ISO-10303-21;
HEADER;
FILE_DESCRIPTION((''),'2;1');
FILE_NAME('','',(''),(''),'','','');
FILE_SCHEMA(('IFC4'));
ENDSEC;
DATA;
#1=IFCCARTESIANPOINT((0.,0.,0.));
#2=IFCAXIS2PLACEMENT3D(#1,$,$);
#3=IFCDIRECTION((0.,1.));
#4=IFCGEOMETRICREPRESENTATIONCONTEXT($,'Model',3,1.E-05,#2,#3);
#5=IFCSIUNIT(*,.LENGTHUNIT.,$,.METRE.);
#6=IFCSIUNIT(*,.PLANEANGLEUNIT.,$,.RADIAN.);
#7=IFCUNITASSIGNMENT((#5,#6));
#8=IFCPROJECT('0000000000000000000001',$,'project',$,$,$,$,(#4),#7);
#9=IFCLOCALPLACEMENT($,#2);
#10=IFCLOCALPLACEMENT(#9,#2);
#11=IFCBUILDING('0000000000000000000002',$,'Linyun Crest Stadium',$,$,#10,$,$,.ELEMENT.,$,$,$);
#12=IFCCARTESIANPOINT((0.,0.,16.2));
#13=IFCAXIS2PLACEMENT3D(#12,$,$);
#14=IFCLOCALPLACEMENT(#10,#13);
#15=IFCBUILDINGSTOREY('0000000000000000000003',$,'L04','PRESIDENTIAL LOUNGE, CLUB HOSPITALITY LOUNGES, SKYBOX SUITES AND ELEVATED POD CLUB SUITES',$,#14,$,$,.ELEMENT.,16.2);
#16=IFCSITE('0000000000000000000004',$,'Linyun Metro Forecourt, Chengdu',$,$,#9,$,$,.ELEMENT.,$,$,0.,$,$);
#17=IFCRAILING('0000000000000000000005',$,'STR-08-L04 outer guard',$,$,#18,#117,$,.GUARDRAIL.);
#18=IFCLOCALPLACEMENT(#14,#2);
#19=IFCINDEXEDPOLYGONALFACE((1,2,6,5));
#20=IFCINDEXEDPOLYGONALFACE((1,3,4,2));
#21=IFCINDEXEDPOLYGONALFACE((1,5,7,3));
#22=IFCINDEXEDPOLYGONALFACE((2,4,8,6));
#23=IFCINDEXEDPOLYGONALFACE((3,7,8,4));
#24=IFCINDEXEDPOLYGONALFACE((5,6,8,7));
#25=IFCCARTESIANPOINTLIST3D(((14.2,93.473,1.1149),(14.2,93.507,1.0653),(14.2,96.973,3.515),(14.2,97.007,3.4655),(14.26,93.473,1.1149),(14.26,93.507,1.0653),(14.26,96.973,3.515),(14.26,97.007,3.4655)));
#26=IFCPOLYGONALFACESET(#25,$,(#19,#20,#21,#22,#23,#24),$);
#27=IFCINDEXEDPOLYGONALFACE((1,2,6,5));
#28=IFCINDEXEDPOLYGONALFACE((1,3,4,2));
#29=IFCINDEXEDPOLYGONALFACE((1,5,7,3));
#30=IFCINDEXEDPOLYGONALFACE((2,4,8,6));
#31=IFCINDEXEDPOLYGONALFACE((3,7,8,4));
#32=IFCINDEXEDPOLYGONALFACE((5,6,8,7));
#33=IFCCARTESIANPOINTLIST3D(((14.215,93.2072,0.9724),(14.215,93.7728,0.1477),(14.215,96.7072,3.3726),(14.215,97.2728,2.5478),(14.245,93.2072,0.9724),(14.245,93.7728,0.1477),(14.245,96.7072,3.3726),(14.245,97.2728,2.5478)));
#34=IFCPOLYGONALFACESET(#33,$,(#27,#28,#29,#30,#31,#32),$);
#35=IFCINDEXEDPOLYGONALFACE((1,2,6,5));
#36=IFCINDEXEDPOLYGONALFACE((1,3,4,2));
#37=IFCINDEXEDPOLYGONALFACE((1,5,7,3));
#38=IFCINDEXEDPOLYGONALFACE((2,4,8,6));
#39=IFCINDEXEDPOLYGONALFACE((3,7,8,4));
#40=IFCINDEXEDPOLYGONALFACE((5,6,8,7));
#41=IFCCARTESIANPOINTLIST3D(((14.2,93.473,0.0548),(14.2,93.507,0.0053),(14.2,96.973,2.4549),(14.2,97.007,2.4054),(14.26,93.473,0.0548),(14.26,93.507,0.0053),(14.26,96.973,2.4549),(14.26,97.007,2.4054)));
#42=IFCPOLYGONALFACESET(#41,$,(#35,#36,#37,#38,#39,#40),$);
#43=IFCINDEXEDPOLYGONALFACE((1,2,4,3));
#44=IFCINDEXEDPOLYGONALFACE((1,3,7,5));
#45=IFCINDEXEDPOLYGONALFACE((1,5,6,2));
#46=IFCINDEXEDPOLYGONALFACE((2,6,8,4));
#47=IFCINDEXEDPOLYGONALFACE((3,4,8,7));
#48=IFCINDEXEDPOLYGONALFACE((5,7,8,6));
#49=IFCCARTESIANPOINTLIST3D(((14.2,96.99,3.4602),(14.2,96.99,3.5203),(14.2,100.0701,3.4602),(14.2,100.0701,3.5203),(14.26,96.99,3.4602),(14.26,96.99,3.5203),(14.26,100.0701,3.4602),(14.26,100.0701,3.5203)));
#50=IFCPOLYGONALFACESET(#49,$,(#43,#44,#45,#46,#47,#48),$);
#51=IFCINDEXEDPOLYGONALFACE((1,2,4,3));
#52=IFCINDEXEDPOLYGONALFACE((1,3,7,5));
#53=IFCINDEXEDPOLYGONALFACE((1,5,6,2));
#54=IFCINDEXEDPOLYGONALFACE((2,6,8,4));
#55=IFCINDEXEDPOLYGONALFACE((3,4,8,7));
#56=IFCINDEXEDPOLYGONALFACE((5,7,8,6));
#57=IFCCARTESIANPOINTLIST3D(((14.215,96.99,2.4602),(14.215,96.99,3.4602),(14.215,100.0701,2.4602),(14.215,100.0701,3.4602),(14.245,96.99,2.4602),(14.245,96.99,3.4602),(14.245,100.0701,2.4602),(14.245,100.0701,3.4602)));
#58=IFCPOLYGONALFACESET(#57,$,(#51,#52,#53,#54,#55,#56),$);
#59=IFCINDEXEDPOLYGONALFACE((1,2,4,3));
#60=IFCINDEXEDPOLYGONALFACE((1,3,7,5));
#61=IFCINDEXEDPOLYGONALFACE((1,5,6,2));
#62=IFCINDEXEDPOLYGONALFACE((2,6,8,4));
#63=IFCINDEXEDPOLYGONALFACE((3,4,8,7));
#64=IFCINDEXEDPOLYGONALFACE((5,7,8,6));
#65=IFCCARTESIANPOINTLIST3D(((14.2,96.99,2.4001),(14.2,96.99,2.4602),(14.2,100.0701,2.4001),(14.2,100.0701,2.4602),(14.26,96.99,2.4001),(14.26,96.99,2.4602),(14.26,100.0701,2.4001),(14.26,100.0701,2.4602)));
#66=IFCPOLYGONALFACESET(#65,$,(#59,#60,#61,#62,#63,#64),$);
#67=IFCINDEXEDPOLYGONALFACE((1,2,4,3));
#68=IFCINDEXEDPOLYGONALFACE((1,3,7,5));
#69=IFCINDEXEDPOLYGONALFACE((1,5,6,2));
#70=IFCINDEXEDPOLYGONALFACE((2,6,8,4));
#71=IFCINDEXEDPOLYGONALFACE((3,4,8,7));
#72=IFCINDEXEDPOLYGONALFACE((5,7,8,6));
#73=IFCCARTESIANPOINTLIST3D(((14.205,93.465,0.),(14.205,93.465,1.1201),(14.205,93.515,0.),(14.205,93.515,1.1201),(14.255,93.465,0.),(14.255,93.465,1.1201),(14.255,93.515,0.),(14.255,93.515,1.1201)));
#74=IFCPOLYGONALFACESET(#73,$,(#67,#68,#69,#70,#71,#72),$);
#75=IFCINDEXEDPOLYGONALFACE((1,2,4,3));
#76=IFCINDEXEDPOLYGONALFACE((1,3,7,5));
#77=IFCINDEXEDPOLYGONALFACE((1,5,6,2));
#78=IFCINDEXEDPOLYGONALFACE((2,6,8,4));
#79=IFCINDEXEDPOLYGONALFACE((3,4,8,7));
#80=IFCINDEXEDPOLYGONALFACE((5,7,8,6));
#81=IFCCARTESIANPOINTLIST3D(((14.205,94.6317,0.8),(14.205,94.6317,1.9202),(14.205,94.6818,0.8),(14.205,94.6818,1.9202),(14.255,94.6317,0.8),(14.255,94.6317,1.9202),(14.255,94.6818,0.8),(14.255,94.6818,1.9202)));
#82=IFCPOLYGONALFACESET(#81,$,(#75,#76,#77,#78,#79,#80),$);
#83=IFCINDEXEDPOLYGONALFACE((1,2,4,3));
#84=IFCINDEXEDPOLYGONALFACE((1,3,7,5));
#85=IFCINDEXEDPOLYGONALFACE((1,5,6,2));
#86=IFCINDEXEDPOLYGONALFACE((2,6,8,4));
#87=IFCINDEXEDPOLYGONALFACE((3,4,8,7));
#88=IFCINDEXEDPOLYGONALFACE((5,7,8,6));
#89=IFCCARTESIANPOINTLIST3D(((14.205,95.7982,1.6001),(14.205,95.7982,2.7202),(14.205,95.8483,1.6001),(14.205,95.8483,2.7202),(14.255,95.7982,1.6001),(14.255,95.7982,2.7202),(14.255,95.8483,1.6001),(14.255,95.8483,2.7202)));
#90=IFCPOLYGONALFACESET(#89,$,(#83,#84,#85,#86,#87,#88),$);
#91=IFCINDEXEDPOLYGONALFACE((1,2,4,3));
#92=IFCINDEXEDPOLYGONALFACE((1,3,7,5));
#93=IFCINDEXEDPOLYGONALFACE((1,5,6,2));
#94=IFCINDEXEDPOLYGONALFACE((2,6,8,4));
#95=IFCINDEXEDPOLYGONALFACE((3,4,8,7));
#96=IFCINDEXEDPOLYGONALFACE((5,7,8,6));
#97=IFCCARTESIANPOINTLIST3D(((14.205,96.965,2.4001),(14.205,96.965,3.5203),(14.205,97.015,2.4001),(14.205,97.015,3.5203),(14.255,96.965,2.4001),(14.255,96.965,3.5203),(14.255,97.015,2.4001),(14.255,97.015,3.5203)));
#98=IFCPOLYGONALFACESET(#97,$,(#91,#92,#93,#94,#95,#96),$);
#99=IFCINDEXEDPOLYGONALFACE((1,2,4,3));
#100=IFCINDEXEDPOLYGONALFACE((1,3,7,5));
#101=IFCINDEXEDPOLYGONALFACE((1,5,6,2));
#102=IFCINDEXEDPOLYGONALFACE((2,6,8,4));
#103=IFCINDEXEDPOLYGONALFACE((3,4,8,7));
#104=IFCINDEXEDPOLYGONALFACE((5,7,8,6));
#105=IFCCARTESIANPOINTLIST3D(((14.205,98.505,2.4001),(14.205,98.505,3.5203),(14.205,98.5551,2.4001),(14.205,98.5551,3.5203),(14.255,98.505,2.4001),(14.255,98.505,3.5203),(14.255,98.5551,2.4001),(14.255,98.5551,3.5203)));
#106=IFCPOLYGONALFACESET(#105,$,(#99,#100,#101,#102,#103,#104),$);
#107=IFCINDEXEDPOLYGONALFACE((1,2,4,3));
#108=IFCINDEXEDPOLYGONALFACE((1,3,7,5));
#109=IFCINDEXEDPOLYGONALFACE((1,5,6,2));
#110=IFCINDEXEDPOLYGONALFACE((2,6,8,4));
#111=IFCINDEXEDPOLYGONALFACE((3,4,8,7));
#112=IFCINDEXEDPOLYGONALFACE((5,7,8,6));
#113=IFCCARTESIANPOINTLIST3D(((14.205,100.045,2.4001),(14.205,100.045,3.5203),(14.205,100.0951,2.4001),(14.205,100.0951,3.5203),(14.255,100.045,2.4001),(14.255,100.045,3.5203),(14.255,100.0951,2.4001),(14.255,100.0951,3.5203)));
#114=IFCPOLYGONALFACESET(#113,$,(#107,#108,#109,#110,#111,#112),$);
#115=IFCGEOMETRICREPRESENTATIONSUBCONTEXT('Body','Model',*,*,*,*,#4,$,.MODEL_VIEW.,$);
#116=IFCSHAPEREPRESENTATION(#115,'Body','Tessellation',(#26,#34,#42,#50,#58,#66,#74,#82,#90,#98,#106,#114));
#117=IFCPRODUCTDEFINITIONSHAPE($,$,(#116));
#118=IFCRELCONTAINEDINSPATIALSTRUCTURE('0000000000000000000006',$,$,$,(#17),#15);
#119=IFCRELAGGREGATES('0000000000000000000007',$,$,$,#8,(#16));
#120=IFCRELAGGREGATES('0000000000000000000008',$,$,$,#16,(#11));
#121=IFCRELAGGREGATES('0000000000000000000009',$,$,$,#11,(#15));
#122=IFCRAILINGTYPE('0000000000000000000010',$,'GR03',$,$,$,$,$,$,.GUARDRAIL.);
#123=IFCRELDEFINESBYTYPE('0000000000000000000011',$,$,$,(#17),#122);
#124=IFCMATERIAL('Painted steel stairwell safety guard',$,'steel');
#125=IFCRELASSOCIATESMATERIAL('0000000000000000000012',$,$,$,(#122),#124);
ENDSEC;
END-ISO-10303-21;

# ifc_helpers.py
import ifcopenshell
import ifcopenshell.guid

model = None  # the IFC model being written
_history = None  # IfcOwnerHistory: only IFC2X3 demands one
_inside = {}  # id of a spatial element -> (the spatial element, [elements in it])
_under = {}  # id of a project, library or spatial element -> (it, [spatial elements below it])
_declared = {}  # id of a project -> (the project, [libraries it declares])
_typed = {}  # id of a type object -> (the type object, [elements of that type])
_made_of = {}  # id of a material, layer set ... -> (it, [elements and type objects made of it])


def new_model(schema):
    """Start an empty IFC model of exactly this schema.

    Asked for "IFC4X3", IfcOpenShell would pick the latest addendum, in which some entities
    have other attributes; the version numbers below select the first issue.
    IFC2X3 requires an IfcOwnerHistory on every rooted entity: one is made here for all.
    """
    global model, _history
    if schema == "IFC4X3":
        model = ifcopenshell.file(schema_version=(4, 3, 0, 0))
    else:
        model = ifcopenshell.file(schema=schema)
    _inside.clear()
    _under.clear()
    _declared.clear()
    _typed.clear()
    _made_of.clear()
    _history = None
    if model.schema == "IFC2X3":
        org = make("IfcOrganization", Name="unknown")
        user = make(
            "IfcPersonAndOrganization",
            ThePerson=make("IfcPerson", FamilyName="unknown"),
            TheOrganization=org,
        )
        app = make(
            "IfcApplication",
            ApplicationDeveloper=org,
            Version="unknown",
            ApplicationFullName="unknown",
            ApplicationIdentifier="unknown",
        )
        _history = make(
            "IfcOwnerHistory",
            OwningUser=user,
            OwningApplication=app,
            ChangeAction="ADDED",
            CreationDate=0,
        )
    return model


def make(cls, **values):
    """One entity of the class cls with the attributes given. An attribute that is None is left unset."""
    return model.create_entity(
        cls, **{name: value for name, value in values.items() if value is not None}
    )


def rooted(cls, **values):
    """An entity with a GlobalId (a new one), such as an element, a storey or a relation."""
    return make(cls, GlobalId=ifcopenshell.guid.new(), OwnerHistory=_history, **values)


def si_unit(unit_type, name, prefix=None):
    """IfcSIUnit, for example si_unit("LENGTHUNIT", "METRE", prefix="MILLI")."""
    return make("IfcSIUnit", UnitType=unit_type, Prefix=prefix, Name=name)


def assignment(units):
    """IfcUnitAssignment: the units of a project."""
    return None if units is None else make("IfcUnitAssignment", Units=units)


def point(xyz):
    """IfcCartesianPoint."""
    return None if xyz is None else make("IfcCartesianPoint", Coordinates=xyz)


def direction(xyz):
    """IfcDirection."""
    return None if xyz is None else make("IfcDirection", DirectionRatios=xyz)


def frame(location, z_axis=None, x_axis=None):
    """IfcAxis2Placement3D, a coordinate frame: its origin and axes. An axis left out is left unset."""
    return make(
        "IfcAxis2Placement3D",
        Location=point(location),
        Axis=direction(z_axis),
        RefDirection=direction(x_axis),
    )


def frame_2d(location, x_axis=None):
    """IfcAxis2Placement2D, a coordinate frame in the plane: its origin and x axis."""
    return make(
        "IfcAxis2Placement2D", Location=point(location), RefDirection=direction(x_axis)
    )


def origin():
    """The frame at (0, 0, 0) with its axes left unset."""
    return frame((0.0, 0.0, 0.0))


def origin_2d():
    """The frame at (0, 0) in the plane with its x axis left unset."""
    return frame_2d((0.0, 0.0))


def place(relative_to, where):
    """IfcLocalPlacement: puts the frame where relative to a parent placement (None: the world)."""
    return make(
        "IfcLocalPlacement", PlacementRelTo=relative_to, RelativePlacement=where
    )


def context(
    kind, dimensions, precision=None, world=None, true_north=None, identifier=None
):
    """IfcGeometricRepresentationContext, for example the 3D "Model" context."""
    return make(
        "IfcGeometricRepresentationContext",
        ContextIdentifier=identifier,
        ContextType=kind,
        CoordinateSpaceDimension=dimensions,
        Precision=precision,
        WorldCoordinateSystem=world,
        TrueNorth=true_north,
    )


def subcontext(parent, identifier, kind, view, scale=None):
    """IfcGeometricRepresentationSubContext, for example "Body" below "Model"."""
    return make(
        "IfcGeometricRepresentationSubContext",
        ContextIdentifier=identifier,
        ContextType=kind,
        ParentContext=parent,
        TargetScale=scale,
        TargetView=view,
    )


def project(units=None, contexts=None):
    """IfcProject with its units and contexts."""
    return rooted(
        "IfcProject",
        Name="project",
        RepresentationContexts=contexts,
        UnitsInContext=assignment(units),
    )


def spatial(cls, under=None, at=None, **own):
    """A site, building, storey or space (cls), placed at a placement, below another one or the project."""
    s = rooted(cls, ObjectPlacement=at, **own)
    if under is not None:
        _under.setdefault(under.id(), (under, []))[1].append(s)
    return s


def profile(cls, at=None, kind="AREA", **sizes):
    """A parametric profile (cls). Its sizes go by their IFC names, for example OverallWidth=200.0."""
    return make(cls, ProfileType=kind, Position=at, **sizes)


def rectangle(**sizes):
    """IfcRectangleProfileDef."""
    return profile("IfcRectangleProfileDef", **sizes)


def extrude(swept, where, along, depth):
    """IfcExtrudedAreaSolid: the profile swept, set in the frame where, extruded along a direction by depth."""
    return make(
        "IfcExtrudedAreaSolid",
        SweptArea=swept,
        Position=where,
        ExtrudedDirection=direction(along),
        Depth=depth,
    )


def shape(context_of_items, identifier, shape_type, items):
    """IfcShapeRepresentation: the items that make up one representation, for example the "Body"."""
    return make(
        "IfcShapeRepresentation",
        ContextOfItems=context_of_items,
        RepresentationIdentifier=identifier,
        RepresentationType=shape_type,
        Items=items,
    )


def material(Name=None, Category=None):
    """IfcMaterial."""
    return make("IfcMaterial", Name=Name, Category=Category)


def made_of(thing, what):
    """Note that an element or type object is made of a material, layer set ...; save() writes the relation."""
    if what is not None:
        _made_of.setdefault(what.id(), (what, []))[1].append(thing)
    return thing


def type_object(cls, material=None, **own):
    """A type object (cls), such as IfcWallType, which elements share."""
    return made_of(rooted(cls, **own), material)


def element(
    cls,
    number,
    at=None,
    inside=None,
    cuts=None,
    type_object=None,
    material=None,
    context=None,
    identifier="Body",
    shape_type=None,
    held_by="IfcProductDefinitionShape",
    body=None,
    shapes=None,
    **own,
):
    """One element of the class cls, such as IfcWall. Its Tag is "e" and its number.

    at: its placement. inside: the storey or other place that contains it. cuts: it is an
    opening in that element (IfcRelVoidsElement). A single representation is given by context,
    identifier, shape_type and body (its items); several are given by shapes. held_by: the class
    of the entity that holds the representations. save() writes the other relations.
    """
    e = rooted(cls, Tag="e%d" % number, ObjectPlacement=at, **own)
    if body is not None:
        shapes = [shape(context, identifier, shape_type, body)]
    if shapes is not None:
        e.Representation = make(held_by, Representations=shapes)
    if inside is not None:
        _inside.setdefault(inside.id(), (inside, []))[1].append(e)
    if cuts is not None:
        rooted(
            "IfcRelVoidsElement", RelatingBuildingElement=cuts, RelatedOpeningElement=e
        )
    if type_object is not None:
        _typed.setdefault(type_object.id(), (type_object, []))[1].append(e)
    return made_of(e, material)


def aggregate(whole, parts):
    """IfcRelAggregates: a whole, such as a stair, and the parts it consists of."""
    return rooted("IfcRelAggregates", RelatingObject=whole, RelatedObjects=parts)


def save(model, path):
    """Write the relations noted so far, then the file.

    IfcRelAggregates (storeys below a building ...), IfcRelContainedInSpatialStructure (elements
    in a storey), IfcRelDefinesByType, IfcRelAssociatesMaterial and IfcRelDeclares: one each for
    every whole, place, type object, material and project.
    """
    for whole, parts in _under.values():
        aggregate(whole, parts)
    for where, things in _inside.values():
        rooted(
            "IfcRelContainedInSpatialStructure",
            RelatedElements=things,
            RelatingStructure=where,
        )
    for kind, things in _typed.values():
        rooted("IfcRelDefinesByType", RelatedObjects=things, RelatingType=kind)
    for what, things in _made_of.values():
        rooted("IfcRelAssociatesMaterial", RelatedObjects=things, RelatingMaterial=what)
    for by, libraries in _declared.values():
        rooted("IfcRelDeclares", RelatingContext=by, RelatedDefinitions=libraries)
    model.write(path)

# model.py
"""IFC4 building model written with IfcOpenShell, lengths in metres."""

from ifc_helpers import new_model, si_unit, direction, frame, origin, origin_2d, place, context, subcontext, project, spatial, rectangle, extrude, material, type_object, element, save


model = new_model("IFC4")

# Units and contexts
model_context = context("Model", 3, precision=1e-05, world=origin(), true_north=direction((0.0, 1.0)))
body_context = subcontext(model_context, "Body", "Model", "MODEL_VIEW")
ifc_project = project(units=[si_unit("LENGTHUNIT", "METRE"), si_unit("PLANEANGLEUNIT", "RADIAN")], contexts=[model_context])

# Site, building, storey
site_placement = place(None, origin())
site = spatial("IfcSite", under=ifc_project, at=site_placement, Name="Linyun Metro Forecourt, Chengdu", CompositionType="ELEMENT", RefElevation=0.0)
building_placement = place(site_placement, origin())
building = spatial("IfcBuilding", under=site, at=building_placement, Name="Linyun Crest Stadium", CompositionType="ELEMENT")
storey_placement = place(building_placement, frame((0.0, 0.0, 16.2)))
storey = spatial("IfcBuildingStorey", under=building, at=storey_placement, Name="L04", Description="PRESIDENTIAL LOUNGE, CLUB HOSPITALITY LOUNGES, SKYBOX SUITES AND ELEVATED POD CLUB SUITES", CompositionType="ELEMENT", Elevation=16.2)

# Railing
ifc_material_1 = material(Name="Painted steel stairwell safety guard", Category="steel")
railing_type_1 = type_object("IfcRailingType", Name="GR03", PredefinedType="GUARDRAIL", material=ifc_material_1)
railing_1_placement = place(storey_placement, frame((14.23, 93.49, 0.0)))
element("IfcRailing", 1, at=railing_1_placement, inside=storey, type_object=railing_type_1, Name="STR-08-L04 outer guard", PredefinedType="GUARDRAIL", context=body_context, shape_type="SweptSolid", body=[
    extrude(rectangle(XDim=0.0601, YDim=0.0601, at=origin_2d()), frame((0.0, 0.0, 1.0901), z_axis=(0.0, 0.824713, 0.565552), x_axis=(-1.0, 0.0, 0.0)), (0.0, 0.0, 1.0), 4.2439),
    extrude(rectangle(XDim=0.03, YDim=1.0, at=origin_2d()), frame((0.0, 0.0, 0.5601), z_axis=(0.0, 0.824713, 0.565552), x_axis=(-1.0, 0.0, 0.0)), (0.0, 0.0, 1.0), 4.2439),
    extrude(rectangle(XDim=0.0601, YDim=0.0601, at=origin_2d()), frame((0.0, 0.0, 0.03), z_axis=(0.0, 0.824713, 0.565552), x_axis=(-1.0, 0.0, 0.0)), (0.0, 0.0, 1.0), 4.2439),
    extrude(rectangle(XDim=0.0601, YDim=0.0601, at=origin_2d()), frame((0.0, 3.5, 3.4902), z_axis=(0.0, 1.0, 0.0), x_axis=(-1.0, 0.0, 0.0)), (0.0, 0.0, 1.0), 3.0801),
    extrude(rectangle(XDim=0.03, YDim=1.0, at=origin_2d()), frame((0.0, 3.5, 2.9602), z_axis=(0.0, 1.0, 0.0), x_axis=(-1.0, 0.0, 0.0)), (0.0, 0.0, 1.0), 3.0801),
    extrude(rectangle(XDim=0.0601, YDim=0.0601, at=origin_2d()), frame((0.0, 3.5, 2.4302), z_axis=(0.0, 1.0, 0.0), x_axis=(-1.0, 0.0, 0.0)), (0.0, 0.0, 1.0), 3.0801),
    extrude(rectangle(XDim=0.05, YDim=0.05, at=origin_2d()), origin(), (0.0, 0.0, 1.0), 1.1201),
    extrude(rectangle(XDim=0.05, YDim=0.05, at=origin_2d()), frame((0.0, 1.1667, 0.8)), (0.0, 0.0, 1.0), 1.1201),
    extrude(rectangle(XDim=0.05, YDim=0.05, at=origin_2d()), frame((0.0, 2.3333, 1.6001)), (0.0, 0.0, 1.0), 1.1201),
    extrude(rectangle(XDim=0.05, YDim=0.05, at=origin_2d()), frame((0.0, 3.5, 2.4001)), (0.0, 0.0, 1.0), 1.1201),
    extrude(rectangle(XDim=0.05, YDim=0.05, at=origin_2d()), frame((0.0, 5.04, 2.4001)), (0.0, 0.0, 1.0), 1.1201),
    extrude(rectangle(XDim=0.05, YDim=0.05, at=origin_2d()), frame((0.0, 6.5801, 2.4001)), (0.0, 0.0, 1.0), 1.1201),
])

save(model, "model.ifc")
